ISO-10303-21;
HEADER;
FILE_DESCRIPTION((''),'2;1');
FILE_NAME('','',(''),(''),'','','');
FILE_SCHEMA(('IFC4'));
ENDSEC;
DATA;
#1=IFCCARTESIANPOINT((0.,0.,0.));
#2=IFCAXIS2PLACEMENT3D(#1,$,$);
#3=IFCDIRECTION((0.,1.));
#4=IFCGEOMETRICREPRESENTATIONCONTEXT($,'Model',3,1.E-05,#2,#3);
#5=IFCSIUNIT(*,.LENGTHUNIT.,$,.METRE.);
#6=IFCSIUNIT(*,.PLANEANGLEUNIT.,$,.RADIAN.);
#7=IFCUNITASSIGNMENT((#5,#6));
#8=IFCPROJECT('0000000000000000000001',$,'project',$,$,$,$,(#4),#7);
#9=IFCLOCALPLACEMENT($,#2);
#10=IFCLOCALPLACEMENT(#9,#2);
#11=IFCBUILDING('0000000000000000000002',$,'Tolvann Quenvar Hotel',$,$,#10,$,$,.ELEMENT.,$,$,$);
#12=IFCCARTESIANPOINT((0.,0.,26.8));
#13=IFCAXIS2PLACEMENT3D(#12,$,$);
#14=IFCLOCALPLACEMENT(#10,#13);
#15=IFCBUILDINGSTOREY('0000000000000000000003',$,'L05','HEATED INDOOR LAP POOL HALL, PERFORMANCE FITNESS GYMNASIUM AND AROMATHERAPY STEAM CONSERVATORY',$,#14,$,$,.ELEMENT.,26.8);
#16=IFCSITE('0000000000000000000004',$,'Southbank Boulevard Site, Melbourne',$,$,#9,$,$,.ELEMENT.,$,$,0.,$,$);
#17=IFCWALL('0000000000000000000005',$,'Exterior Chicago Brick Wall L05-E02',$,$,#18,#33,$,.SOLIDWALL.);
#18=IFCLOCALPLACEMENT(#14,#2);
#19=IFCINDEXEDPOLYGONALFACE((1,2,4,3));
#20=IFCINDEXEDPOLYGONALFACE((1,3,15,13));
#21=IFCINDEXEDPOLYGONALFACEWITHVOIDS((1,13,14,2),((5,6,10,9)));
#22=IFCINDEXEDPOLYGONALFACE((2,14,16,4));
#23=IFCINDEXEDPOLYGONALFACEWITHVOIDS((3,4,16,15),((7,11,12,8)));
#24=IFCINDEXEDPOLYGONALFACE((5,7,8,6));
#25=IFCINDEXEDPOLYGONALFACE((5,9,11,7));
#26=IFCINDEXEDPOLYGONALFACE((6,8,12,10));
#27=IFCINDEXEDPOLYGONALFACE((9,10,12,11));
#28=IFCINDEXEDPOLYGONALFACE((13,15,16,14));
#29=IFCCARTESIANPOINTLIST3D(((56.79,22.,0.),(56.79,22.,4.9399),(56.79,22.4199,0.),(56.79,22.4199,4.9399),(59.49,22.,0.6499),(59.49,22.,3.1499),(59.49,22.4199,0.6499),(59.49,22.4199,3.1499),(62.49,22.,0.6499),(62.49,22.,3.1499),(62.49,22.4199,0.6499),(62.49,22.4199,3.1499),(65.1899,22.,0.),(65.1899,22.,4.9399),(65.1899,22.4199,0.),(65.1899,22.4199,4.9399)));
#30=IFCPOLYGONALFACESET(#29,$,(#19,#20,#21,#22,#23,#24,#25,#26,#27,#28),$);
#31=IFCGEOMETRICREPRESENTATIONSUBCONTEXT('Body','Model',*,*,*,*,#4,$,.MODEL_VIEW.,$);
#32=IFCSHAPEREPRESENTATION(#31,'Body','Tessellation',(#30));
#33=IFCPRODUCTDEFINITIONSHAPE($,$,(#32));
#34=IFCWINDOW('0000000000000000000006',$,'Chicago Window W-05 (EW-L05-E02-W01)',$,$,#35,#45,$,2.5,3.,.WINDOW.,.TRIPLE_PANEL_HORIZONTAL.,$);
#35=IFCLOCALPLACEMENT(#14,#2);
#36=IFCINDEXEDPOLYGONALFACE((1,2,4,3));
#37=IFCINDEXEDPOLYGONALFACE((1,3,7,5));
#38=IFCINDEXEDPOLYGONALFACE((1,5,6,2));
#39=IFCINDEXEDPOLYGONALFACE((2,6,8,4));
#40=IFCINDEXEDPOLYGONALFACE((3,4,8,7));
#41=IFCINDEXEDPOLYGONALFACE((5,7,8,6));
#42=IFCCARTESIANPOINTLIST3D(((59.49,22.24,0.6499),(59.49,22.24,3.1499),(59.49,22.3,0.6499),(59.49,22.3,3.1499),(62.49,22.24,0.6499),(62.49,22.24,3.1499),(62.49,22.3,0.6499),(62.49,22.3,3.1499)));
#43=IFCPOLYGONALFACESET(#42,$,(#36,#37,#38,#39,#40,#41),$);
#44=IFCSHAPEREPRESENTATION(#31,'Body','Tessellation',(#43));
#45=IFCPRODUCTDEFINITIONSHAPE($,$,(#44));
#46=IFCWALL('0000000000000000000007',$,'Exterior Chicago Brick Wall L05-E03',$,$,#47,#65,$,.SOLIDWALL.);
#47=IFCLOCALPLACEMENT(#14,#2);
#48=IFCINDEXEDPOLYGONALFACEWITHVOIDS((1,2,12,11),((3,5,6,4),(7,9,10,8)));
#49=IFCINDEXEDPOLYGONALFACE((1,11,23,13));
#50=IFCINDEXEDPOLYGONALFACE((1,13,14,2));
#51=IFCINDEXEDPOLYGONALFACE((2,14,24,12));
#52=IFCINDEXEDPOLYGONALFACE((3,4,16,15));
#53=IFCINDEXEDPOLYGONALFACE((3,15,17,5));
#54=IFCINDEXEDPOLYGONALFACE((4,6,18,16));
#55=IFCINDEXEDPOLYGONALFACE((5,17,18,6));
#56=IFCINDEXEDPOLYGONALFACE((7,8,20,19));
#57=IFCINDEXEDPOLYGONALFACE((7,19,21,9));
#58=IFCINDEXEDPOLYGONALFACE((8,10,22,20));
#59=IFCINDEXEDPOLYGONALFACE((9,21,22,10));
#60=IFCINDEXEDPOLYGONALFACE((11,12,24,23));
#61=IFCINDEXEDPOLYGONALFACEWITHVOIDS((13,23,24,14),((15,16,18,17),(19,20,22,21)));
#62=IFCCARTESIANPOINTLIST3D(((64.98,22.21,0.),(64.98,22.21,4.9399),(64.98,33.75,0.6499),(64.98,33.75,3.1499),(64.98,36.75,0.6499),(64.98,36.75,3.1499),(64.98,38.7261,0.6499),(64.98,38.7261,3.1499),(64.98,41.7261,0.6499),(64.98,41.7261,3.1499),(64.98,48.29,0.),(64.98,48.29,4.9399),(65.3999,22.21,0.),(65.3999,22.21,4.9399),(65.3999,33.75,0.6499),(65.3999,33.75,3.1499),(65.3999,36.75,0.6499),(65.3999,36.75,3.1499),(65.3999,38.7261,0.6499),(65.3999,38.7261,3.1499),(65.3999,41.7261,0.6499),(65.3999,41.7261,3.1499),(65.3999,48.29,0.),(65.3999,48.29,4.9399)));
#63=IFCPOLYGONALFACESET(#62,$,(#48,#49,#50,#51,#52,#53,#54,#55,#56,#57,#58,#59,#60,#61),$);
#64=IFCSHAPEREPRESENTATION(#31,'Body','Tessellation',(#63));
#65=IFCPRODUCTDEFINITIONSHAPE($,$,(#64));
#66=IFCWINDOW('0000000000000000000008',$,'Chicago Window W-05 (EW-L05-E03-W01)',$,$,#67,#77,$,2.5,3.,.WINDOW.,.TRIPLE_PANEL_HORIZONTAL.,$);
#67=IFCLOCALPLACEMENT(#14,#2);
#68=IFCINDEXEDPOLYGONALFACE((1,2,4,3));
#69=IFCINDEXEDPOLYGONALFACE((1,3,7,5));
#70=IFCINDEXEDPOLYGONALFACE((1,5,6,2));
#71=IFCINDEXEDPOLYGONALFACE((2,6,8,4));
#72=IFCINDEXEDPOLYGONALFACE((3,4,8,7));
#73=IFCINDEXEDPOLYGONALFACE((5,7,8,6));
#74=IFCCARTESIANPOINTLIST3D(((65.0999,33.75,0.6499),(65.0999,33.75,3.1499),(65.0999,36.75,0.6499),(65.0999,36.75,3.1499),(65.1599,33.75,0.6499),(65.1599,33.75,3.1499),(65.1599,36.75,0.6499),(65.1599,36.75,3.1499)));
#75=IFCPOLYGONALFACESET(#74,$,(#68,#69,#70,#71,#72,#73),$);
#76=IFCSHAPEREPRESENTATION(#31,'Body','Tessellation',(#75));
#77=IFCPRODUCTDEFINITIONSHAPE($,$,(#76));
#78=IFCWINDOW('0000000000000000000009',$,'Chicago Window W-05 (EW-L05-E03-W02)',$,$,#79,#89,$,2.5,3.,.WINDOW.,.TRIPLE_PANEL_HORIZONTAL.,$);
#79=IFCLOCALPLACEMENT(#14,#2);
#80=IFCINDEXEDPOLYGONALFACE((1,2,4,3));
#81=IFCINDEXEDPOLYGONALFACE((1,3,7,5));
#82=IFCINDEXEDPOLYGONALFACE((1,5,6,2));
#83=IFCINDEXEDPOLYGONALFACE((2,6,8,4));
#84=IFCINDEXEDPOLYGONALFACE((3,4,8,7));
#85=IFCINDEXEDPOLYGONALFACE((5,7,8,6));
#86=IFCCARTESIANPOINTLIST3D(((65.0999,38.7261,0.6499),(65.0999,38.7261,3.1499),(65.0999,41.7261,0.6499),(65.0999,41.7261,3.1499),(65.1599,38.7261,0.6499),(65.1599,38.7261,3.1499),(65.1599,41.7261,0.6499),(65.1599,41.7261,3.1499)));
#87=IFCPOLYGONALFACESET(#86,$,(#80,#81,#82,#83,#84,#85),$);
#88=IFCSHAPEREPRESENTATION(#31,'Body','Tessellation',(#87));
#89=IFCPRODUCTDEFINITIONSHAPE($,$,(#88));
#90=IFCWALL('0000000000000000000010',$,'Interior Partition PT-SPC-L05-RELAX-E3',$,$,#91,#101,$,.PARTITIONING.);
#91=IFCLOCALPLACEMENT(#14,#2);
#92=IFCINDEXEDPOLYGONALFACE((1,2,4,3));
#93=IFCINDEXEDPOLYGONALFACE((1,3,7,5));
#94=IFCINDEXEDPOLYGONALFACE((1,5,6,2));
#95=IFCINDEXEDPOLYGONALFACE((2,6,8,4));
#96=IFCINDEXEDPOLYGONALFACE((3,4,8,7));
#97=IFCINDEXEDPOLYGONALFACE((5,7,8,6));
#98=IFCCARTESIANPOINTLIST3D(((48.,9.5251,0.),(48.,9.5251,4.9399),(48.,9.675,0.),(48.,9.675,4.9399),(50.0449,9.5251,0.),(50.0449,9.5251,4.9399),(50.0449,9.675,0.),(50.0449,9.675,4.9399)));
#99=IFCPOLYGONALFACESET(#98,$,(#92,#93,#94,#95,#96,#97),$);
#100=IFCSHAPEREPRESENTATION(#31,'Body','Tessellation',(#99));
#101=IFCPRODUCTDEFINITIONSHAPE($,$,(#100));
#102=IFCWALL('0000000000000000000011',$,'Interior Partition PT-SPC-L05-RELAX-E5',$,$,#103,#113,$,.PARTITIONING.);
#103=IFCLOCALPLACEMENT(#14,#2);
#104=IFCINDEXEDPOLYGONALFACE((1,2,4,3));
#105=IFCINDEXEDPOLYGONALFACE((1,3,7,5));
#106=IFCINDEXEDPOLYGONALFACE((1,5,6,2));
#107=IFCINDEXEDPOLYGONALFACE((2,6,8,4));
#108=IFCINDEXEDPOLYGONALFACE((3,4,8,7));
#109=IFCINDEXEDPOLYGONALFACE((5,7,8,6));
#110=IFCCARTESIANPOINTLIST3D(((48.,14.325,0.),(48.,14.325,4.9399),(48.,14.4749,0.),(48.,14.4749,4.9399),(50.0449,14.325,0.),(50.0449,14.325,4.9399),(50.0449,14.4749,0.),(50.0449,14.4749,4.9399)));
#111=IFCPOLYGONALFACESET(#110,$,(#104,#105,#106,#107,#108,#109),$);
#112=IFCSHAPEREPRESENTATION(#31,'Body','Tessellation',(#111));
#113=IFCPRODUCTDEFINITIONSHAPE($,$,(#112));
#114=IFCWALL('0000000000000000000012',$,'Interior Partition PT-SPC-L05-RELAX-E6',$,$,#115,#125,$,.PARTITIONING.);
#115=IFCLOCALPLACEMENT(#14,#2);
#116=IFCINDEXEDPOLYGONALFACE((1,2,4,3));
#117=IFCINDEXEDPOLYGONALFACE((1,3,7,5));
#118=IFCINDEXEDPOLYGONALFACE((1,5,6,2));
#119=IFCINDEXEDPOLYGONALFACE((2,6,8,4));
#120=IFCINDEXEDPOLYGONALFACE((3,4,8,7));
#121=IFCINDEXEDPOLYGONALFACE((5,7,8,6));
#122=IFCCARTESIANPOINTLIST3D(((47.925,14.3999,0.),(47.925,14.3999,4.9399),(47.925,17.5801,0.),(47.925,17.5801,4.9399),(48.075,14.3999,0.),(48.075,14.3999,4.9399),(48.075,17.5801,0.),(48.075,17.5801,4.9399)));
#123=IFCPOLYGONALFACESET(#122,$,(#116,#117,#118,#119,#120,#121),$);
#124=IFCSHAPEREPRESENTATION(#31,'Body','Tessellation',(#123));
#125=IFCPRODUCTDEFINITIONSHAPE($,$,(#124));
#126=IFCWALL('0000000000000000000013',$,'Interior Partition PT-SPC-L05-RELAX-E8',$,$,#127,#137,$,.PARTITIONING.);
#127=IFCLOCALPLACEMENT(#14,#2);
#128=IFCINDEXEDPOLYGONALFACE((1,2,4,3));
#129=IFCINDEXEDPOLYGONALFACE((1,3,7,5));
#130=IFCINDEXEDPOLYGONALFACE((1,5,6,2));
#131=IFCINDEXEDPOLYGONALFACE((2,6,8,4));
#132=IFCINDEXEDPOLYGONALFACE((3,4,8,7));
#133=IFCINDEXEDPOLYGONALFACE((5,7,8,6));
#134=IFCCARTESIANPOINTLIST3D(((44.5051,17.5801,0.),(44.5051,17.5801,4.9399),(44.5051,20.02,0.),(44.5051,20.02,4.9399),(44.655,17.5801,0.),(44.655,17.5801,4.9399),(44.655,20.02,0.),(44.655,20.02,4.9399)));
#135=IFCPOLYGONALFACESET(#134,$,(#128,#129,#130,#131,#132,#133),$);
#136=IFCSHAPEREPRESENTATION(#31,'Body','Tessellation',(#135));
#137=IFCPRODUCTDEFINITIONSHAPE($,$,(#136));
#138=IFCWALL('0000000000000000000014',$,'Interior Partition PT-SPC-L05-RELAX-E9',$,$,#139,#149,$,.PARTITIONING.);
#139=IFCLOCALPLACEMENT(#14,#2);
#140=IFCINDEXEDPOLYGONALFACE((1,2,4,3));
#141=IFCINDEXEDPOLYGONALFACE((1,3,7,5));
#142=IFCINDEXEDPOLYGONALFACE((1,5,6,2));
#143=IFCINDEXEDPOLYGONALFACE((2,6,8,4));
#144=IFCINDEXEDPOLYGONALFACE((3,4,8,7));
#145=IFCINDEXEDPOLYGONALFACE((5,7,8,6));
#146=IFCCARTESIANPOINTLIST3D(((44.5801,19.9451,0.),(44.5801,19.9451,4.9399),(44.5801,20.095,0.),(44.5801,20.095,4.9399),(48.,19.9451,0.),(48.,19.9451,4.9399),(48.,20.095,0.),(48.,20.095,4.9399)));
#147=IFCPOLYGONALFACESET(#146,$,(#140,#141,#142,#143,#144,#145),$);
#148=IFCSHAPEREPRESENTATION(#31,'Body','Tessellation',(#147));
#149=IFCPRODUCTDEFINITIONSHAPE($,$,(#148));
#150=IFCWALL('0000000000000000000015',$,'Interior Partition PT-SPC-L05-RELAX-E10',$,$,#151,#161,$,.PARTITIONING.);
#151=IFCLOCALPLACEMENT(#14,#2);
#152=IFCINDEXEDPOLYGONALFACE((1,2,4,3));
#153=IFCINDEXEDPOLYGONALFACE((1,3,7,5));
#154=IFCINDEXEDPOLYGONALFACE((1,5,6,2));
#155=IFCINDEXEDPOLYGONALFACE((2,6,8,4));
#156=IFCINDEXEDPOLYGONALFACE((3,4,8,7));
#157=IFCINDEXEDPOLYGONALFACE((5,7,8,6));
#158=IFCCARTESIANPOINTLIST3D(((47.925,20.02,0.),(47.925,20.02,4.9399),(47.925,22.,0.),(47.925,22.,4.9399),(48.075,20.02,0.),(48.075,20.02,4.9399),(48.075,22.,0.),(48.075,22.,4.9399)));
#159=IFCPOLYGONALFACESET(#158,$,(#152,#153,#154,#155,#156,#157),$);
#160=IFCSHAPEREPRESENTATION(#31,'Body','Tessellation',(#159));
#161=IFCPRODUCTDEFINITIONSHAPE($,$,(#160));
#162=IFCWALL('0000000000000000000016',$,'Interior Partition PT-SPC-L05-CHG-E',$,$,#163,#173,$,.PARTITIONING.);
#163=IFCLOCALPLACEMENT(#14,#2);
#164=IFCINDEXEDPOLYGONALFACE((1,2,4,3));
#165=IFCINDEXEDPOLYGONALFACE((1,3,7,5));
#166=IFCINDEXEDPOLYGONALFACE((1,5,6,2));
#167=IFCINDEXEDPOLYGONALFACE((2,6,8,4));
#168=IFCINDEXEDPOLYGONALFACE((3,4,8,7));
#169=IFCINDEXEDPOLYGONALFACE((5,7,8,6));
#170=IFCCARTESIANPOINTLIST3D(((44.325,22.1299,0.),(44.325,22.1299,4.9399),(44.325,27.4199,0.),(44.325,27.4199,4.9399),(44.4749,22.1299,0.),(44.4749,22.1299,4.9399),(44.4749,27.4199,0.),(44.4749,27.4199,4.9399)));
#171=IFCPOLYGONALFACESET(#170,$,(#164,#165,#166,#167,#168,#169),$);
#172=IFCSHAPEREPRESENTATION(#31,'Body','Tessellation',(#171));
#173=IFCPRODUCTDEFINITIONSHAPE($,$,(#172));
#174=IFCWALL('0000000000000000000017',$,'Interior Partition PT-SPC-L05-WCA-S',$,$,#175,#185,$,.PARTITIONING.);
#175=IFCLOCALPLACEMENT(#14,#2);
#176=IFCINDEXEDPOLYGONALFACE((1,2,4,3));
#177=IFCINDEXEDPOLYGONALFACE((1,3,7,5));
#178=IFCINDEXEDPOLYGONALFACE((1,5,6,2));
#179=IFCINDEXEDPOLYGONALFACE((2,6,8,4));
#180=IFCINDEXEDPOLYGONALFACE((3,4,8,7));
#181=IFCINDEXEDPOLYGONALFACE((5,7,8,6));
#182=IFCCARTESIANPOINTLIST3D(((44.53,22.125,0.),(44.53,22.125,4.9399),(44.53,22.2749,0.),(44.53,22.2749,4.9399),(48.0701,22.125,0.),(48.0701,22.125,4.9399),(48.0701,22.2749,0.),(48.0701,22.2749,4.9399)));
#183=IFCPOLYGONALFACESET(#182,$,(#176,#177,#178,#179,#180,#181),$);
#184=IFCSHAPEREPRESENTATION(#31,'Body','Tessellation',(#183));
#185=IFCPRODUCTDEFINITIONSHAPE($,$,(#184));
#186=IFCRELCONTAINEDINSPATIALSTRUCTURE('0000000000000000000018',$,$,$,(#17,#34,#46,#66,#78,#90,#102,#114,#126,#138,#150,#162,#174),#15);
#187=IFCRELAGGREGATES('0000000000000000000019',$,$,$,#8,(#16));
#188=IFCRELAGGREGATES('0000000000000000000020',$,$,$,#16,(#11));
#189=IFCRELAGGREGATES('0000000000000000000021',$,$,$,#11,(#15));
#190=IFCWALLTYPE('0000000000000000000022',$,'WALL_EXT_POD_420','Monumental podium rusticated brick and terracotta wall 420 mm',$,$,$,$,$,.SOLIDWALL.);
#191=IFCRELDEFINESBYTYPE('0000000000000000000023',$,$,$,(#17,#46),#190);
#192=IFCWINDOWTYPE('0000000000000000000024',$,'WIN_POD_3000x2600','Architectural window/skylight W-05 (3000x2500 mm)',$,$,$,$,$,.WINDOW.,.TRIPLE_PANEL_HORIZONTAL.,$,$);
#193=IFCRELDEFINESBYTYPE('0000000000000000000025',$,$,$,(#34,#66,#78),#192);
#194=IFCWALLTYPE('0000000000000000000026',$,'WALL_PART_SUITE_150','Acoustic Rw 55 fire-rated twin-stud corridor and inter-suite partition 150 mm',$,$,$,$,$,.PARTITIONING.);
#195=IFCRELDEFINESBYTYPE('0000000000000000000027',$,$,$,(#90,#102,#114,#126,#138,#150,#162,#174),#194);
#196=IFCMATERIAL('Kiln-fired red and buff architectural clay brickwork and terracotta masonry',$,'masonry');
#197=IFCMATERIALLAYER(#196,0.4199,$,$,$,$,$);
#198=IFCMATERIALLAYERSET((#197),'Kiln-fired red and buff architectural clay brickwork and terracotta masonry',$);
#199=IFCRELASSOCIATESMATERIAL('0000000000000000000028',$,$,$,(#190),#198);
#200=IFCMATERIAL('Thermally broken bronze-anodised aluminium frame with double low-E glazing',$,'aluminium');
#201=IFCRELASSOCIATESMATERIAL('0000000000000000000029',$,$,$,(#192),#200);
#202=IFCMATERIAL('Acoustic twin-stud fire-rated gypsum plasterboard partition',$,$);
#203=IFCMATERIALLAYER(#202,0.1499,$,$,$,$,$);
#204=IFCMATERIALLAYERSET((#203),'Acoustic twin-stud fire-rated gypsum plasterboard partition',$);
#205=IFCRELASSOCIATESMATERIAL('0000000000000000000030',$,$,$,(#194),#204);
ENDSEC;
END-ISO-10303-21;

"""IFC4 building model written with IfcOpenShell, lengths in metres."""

from ifc_helpers import new_model, si_unit, direction, frame, frame_2d, origin, place, context, subcontext, project, spatial, rectangle, extrude, source, transform, mapped, material, layer, layer_set, type_object, type_shapes, element, fill, save


model = new_model("IFC4")

# Units and contexts
model_context = context("Model", 3, precision=1e-05, world=origin(), true_north=direction((0.0, 1.0)))
body_context = subcontext(model_context, "Body", "Model", "MODEL_VIEW")
ifc_project = project(units=[si_unit("LENGTHUNIT", "METRE"), si_unit("PLANEANGLEUNIT", "RADIAN")], contexts=[model_context])

# Site, building, storey
site_placement = place(None, origin())
site = spatial("IfcSite", under=ifc_project, at=site_placement, Name="Southbank Boulevard Site, Melbourne", CompositionType="ELEMENT", RefElevation=0.0)
building_placement = place(site_placement, origin())
building = spatial("IfcBuilding", under=site, at=building_placement, Name="Tolvann Quenvar Hotel", CompositionType="ELEMENT")
storey_placement = place(building_placement, frame((0.0, 0.0, 26.8)))
storey = spatial("IfcBuildingStorey", under=building, at=storey_placement, Name="L05", Description="HEATED INDOOR LAP POOL HALL, PERFORMANCE FITNESS GYMNASIUM AND AROMATHERAPY STEAM CONSERVATORY", CompositionType="ELEMENT", Elevation=26.8)

# Wall, opening, window
ifc_material_1 = material(Name="Kiln-fired red and buff architectural clay brickwork and terracotta masonry", Category="masonry")
ifc_layer_1 = layer(ifc_material_1, 0.4199)
ifc_layer_set_1 = layer_set([ifc_layer_1], Name="Kiln-fired red and buff architectural clay brickwork and terracotta masonry")
wall_type_1 = type_object("IfcWallType", Name="WALL_EXT_POD_420", Description="Monumental podium rusticated brick and terracotta wall 420 mm", PredefinedType="SOLIDWALL", material=ifc_layer_set_1)
wall_1_placement = place(storey_placement, frame((56.79, 22.21, 0.0), z_axis=(0.0, 0.0, 1.0), x_axis=(1.0, 0.0, 0.0)))
wall_1 = element("IfcWall", 1, at=wall_1_placement, inside=storey, type_object=wall_type_1, Name="Exterior Chicago Brick Wall L05-E02", PredefinedType="SOLIDWALL", context=body_context, shape_type="SweptSolid", body=[
    extrude(rectangle(XDim=8.3999, YDim=0.4199, at=frame_2d((4.2, 0.0))), origin(), (0.0, 0.0, 1.0), 4.9399),
])
opening_1_placement = place(wall_1_placement, frame((2.7, 0.0, 0.6499)))
opening_1 = element("IfcOpeningElement", 2, at=opening_1_placement, cuts=wall_1, PredefinedType="OPENING", context=body_context, shape_type="SweptSolid", body=[
    extrude(rectangle(XDim=3.0, YDim=2.5, at=frame_2d((1.5, 1.25))), frame((0.0, 0.22, 0.0), z_axis=(0.0, -1.0, 0.0), x_axis=(1.0, 0.0, 0.0)), (0.0, 0.0, 1.0), 0.4399),
])
ifc_material_2 = material(Name="Thermally broken bronze-anodised aluminium frame with double low-E glazing", Category="aluminium")
window_type = type_object("IfcWindowType", Name="WIN_POD_3000x2600", Description="Architectural window/skylight W-05 (3000x2500 mm)", PartitioningType="TRIPLE_PANEL_HORIZONTAL", PredefinedType="WINDOW", material=ifc_material_2)
shared_shape_1 = source(origin(), body_context, "Body", "SweptSolid", [
    extrude(rectangle(XDim=3.0, YDim=2.5, at=frame_2d((1.5, 1.25))), frame((0.0, 0.0901, 0.0), z_axis=(0.0, -1.0, 0.0), x_axis=(1.0, 0.0, 0.0)), (0.0, 0.0, 1.0), 0.0601),
])
type_shapes(window_type, [shared_shape_1])
window_1_placement = place(opening_1_placement, origin())
window_1 = element("IfcWindow", 3, at=window_1_placement, inside=storey, type_object=window_type, Name="Chicago Window W-05 (EW-L05-E02-W01)", OverallHeight=2.5, OverallWidth=3.0, PartitioningType="TRIPLE_PANEL_HORIZONTAL", PredefinedType="WINDOW", context=body_context, shape_type="MappedRepresentation", body=[
    mapped(shared_shape_1, transform((0.0, 0.0, 0.0), x_axis=(1.0, 0.0, 0.0), y_axis=(0.0, 1.0, 0.0), z_axis=(0.0, 0.0, 1.0), scale=1.0)),
])
fill(opening_1, window_1)

# Wall, openings, windows
wall_2_placement = place(storey_placement, frame((65.1899, 22.21, 0.0), z_axis=(0.0, 0.0, 1.0), x_axis=(0.0, 1.0, 0.0)))
wall_2 = element("IfcWall", 4, at=wall_2_placement, inside=storey, type_object=wall_type_1, Name="Exterior Chicago Brick Wall L05-E03", PredefinedType="SOLIDWALL", context=body_context, shape_type="SweptSolid", body=[
    extrude(rectangle(XDim=26.0801, YDim=0.4199, at=frame_2d((13.04, 0.0))), origin(), (0.0, 0.0, 1.0), 4.9399),
])
opening_2_placement = place(wall_2_placement, frame((11.54, 0.0, 0.6499)))
opening_2 = element("IfcOpeningElement", 5, at=opening_2_placement, cuts=wall_2, PredefinedType="OPENING", context=body_context, shape_type="SweptSolid", body=[
    extrude(rectangle(XDim=3.0, YDim=2.5, at=frame_2d((1.5, 1.25))), frame((0.0, 0.22, 0.0), z_axis=(0.0, -1.0, 0.0), x_axis=(1.0, 0.0, 0.0)), (0.0, 0.0, 1.0), 0.4399),
])
opening_3_placement = place(wall_2_placement, frame((16.5161, 0.0, 0.6499)))
opening_3 = element("IfcOpeningElement", 6, at=opening_3_placement, cuts=wall_2, PredefinedType="OPENING", context=body_context, shape_type="SweptSolid", body=[
    extrude(rectangle(XDim=3.0, YDim=2.5, at=frame_2d((1.5, 1.25))), frame((0.0, 0.22, 0.0), z_axis=(0.0, -1.0, 0.0), x_axis=(1.0, 0.0, 0.0)), (0.0, 0.0, 1.0), 0.4399),
])
window_2_placement = place(opening_2_placement, origin())
window_2 = element("IfcWindow", 7, at=window_2_placement, inside=storey, type_object=window_type, Name="Chicago Window W-05 (EW-L05-E03-W01)", OverallHeight=2.5, OverallWidth=3.0, PartitioningType="TRIPLE_PANEL_HORIZONTAL", PredefinedType="WINDOW", context=body_context, shape_type="MappedRepresentation", body=[
    mapped(shared_shape_1, transform((0.0, 0.0, 0.0), x_axis=(1.0, 0.0, 0.0), y_axis=(0.0, 1.0, 0.0), z_axis=(0.0, 0.0, 1.0), scale=1.0)),
])
fill(opening_2, window_2)
window_3_placement = place(opening_3_placement, origin())
window_3 = element("IfcWindow", 8, at=window_3_placement, inside=storey, type_object=window_type, Name="Chicago Window W-05 (EW-L05-E03-W02)", OverallHeight=2.5, OverallWidth=3.0, PartitioningType="TRIPLE_PANEL_HORIZONTAL", PredefinedType="WINDOW", context=body_context, shape_type="MappedRepresentation", body=[
    mapped(shared_shape_1, transform((0.0, 0.0, 0.0), x_axis=(1.0, 0.0, 0.0), y_axis=(0.0, 1.0, 0.0), z_axis=(0.0, 0.0, 1.0), scale=1.0)),
])
fill(opening_3, window_3)

# Walls
ifc_material_3 = material(Name="Acoustic twin-stud fire-rated gypsum plasterboard partition")
ifc_layer_2 = layer(ifc_material_3, 0.1499)
ifc_layer_set_2 = layer_set([ifc_layer_2], Name="Acoustic twin-stud fire-rated gypsum plasterboard partition")
wall_type_2 = type_object("IfcWallType", Name="WALL_PART_SUITE_150", Description="Acoustic Rw 55 fire-rated twin-stud corridor and inter-suite partition 150 mm", PredefinedType="PARTITIONING", material=ifc_layer_set_2)
for number, where, z_axis, x_axis, name in (
    (9, (48.0, 9.6001, 0.0), (0.0, 0.0, 1.0), (1.0, 0.0, 0.0), "Interior Partition PT-SPC-L05-RELAX-E3"),
    (10, (48.0, 14.3999, 0.0), (0.0, 0.0, 1.0), (1.0, 0.0, 0.0), "Interior Partition PT-SPC-L05-RELAX-E5"),
):
    element("IfcWall", number, at=place(storey_placement, frame(where, z_axis=z_axis, x_axis=x_axis)), inside=storey, type_object=wall_type_2, Name=name, PredefinedType="PARTITIONING", context=body_context, shape_type="SweptSolid", body=[
        extrude(rectangle(XDim=2.0449, YDim=0.1499, at=frame_2d((1.0225, 0.0))), origin(), (0.0, 0.0, 1.0), 4.9399),
    ])
wall_3_placement = place(storey_placement, frame((48.0, 14.3999, 0.0), z_axis=(0.0, 0.0, 1.0), x_axis=(0.0, 1.0, 0.0)))
element("IfcWall", 11, at=wall_3_placement, inside=storey, type_object=wall_type_2, Name="Interior Partition PT-SPC-L05-RELAX-E6", PredefinedType="PARTITIONING", context=body_context, shape_type="SweptSolid", body=[
    extrude(rectangle(XDim=3.1802, YDim=0.1499, at=frame_2d((1.5901, 0.0))), origin(), (0.0, 0.0, 1.0), 4.9399),
])

# Walls
wall_4_placement = place(storey_placement, frame((44.5801, 17.5801, 0.0), z_axis=(0.0, 0.0, 1.0), x_axis=(0.0, 1.0, 0.0)))
element("IfcWall", 12, at=wall_4_placement, inside=storey, type_object=wall_type_2, Name="Interior Partition PT-SPC-L05-RELAX-E8", PredefinedType="PARTITIONING", context=body_context, shape_type="SweptSolid", body=[
    extrude(rectangle(XDim=2.4399, YDim=0.1499, at=frame_2d((1.22, 0.0))), origin(), (0.0, 0.0, 1.0), 4.9399),
])
wall_5_placement = place(storey_placement, frame((44.5801, 20.02, 0.0), z_axis=(0.0, 0.0, 1.0), x_axis=(1.0, 0.0, 0.0)))
element("IfcWall", 13, at=wall_5_placement, inside=storey, type_object=wall_type_2, Name="Interior Partition PT-SPC-L05-RELAX-E9", PredefinedType="PARTITIONING", context=body_context, shape_type="SweptSolid", body=[
    extrude(rectangle(XDim=3.4199, YDim=0.1499, at=frame_2d((1.71, 0.0))), origin(), (0.0, 0.0, 1.0), 4.9399),
])
wall_6_placement = place(storey_placement, frame((48.0, 20.02, 0.0), z_axis=(0.0, 0.0, 1.0), x_axis=(0.0, 1.0, 0.0)))
element("IfcWall", 14, at=wall_6_placement, inside=storey, type_object=wall_type_2, Name="Interior Partition PT-SPC-L05-RELAX-E10", PredefinedType="PARTITIONING", context=body_context, shape_type="SweptSolid", body=[
    extrude(rectangle(XDim=1.98, YDim=0.1499, at=frame_2d((0.99, 0.0))), origin(), (0.0, 0.0, 1.0), 4.9399),
])
wall_7_placement = place(storey_placement, frame((44.3999, 22.1299, 0.0), z_axis=(0.0, 0.0, 1.0), x_axis=(0.0, 1.0, 0.0)))
element("IfcWall", 15, at=wall_7_placement, inside=storey, type_object=wall_type_2, Name="Interior Partition PT-SPC-L05-CHG-E", PredefinedType="PARTITIONING", context=body_context, shape_type="SweptSolid", body=[
    extrude(rectangle(XDim=5.29, YDim=0.1499, at=frame_2d((2.645, 0.0))), origin(), (0.0, 0.0, 1.0), 4.9399),
])
wall_8_placement = place(storey_placement, frame((44.53, 22.2, 0.0), z_axis=(0.0, 0.0, 1.0), x_axis=(1.0, 0.0, 0.0)))
element("IfcWall", 16, at=wall_8_placement, inside=storey, type_object=wall_type_2, Name="Interior Partition PT-SPC-L05-WCA-S", PredefinedType="PARTITIONING", context=body_context, shape_type="SweptSolid", body=[
    extrude(rectangle(XDim=3.54, YDim=0.1499, at=frame_2d((1.77, 0.0))), origin(), (0.0, 0.0, 1.0), 4.9399),
])

save(model, "model.ifc")
